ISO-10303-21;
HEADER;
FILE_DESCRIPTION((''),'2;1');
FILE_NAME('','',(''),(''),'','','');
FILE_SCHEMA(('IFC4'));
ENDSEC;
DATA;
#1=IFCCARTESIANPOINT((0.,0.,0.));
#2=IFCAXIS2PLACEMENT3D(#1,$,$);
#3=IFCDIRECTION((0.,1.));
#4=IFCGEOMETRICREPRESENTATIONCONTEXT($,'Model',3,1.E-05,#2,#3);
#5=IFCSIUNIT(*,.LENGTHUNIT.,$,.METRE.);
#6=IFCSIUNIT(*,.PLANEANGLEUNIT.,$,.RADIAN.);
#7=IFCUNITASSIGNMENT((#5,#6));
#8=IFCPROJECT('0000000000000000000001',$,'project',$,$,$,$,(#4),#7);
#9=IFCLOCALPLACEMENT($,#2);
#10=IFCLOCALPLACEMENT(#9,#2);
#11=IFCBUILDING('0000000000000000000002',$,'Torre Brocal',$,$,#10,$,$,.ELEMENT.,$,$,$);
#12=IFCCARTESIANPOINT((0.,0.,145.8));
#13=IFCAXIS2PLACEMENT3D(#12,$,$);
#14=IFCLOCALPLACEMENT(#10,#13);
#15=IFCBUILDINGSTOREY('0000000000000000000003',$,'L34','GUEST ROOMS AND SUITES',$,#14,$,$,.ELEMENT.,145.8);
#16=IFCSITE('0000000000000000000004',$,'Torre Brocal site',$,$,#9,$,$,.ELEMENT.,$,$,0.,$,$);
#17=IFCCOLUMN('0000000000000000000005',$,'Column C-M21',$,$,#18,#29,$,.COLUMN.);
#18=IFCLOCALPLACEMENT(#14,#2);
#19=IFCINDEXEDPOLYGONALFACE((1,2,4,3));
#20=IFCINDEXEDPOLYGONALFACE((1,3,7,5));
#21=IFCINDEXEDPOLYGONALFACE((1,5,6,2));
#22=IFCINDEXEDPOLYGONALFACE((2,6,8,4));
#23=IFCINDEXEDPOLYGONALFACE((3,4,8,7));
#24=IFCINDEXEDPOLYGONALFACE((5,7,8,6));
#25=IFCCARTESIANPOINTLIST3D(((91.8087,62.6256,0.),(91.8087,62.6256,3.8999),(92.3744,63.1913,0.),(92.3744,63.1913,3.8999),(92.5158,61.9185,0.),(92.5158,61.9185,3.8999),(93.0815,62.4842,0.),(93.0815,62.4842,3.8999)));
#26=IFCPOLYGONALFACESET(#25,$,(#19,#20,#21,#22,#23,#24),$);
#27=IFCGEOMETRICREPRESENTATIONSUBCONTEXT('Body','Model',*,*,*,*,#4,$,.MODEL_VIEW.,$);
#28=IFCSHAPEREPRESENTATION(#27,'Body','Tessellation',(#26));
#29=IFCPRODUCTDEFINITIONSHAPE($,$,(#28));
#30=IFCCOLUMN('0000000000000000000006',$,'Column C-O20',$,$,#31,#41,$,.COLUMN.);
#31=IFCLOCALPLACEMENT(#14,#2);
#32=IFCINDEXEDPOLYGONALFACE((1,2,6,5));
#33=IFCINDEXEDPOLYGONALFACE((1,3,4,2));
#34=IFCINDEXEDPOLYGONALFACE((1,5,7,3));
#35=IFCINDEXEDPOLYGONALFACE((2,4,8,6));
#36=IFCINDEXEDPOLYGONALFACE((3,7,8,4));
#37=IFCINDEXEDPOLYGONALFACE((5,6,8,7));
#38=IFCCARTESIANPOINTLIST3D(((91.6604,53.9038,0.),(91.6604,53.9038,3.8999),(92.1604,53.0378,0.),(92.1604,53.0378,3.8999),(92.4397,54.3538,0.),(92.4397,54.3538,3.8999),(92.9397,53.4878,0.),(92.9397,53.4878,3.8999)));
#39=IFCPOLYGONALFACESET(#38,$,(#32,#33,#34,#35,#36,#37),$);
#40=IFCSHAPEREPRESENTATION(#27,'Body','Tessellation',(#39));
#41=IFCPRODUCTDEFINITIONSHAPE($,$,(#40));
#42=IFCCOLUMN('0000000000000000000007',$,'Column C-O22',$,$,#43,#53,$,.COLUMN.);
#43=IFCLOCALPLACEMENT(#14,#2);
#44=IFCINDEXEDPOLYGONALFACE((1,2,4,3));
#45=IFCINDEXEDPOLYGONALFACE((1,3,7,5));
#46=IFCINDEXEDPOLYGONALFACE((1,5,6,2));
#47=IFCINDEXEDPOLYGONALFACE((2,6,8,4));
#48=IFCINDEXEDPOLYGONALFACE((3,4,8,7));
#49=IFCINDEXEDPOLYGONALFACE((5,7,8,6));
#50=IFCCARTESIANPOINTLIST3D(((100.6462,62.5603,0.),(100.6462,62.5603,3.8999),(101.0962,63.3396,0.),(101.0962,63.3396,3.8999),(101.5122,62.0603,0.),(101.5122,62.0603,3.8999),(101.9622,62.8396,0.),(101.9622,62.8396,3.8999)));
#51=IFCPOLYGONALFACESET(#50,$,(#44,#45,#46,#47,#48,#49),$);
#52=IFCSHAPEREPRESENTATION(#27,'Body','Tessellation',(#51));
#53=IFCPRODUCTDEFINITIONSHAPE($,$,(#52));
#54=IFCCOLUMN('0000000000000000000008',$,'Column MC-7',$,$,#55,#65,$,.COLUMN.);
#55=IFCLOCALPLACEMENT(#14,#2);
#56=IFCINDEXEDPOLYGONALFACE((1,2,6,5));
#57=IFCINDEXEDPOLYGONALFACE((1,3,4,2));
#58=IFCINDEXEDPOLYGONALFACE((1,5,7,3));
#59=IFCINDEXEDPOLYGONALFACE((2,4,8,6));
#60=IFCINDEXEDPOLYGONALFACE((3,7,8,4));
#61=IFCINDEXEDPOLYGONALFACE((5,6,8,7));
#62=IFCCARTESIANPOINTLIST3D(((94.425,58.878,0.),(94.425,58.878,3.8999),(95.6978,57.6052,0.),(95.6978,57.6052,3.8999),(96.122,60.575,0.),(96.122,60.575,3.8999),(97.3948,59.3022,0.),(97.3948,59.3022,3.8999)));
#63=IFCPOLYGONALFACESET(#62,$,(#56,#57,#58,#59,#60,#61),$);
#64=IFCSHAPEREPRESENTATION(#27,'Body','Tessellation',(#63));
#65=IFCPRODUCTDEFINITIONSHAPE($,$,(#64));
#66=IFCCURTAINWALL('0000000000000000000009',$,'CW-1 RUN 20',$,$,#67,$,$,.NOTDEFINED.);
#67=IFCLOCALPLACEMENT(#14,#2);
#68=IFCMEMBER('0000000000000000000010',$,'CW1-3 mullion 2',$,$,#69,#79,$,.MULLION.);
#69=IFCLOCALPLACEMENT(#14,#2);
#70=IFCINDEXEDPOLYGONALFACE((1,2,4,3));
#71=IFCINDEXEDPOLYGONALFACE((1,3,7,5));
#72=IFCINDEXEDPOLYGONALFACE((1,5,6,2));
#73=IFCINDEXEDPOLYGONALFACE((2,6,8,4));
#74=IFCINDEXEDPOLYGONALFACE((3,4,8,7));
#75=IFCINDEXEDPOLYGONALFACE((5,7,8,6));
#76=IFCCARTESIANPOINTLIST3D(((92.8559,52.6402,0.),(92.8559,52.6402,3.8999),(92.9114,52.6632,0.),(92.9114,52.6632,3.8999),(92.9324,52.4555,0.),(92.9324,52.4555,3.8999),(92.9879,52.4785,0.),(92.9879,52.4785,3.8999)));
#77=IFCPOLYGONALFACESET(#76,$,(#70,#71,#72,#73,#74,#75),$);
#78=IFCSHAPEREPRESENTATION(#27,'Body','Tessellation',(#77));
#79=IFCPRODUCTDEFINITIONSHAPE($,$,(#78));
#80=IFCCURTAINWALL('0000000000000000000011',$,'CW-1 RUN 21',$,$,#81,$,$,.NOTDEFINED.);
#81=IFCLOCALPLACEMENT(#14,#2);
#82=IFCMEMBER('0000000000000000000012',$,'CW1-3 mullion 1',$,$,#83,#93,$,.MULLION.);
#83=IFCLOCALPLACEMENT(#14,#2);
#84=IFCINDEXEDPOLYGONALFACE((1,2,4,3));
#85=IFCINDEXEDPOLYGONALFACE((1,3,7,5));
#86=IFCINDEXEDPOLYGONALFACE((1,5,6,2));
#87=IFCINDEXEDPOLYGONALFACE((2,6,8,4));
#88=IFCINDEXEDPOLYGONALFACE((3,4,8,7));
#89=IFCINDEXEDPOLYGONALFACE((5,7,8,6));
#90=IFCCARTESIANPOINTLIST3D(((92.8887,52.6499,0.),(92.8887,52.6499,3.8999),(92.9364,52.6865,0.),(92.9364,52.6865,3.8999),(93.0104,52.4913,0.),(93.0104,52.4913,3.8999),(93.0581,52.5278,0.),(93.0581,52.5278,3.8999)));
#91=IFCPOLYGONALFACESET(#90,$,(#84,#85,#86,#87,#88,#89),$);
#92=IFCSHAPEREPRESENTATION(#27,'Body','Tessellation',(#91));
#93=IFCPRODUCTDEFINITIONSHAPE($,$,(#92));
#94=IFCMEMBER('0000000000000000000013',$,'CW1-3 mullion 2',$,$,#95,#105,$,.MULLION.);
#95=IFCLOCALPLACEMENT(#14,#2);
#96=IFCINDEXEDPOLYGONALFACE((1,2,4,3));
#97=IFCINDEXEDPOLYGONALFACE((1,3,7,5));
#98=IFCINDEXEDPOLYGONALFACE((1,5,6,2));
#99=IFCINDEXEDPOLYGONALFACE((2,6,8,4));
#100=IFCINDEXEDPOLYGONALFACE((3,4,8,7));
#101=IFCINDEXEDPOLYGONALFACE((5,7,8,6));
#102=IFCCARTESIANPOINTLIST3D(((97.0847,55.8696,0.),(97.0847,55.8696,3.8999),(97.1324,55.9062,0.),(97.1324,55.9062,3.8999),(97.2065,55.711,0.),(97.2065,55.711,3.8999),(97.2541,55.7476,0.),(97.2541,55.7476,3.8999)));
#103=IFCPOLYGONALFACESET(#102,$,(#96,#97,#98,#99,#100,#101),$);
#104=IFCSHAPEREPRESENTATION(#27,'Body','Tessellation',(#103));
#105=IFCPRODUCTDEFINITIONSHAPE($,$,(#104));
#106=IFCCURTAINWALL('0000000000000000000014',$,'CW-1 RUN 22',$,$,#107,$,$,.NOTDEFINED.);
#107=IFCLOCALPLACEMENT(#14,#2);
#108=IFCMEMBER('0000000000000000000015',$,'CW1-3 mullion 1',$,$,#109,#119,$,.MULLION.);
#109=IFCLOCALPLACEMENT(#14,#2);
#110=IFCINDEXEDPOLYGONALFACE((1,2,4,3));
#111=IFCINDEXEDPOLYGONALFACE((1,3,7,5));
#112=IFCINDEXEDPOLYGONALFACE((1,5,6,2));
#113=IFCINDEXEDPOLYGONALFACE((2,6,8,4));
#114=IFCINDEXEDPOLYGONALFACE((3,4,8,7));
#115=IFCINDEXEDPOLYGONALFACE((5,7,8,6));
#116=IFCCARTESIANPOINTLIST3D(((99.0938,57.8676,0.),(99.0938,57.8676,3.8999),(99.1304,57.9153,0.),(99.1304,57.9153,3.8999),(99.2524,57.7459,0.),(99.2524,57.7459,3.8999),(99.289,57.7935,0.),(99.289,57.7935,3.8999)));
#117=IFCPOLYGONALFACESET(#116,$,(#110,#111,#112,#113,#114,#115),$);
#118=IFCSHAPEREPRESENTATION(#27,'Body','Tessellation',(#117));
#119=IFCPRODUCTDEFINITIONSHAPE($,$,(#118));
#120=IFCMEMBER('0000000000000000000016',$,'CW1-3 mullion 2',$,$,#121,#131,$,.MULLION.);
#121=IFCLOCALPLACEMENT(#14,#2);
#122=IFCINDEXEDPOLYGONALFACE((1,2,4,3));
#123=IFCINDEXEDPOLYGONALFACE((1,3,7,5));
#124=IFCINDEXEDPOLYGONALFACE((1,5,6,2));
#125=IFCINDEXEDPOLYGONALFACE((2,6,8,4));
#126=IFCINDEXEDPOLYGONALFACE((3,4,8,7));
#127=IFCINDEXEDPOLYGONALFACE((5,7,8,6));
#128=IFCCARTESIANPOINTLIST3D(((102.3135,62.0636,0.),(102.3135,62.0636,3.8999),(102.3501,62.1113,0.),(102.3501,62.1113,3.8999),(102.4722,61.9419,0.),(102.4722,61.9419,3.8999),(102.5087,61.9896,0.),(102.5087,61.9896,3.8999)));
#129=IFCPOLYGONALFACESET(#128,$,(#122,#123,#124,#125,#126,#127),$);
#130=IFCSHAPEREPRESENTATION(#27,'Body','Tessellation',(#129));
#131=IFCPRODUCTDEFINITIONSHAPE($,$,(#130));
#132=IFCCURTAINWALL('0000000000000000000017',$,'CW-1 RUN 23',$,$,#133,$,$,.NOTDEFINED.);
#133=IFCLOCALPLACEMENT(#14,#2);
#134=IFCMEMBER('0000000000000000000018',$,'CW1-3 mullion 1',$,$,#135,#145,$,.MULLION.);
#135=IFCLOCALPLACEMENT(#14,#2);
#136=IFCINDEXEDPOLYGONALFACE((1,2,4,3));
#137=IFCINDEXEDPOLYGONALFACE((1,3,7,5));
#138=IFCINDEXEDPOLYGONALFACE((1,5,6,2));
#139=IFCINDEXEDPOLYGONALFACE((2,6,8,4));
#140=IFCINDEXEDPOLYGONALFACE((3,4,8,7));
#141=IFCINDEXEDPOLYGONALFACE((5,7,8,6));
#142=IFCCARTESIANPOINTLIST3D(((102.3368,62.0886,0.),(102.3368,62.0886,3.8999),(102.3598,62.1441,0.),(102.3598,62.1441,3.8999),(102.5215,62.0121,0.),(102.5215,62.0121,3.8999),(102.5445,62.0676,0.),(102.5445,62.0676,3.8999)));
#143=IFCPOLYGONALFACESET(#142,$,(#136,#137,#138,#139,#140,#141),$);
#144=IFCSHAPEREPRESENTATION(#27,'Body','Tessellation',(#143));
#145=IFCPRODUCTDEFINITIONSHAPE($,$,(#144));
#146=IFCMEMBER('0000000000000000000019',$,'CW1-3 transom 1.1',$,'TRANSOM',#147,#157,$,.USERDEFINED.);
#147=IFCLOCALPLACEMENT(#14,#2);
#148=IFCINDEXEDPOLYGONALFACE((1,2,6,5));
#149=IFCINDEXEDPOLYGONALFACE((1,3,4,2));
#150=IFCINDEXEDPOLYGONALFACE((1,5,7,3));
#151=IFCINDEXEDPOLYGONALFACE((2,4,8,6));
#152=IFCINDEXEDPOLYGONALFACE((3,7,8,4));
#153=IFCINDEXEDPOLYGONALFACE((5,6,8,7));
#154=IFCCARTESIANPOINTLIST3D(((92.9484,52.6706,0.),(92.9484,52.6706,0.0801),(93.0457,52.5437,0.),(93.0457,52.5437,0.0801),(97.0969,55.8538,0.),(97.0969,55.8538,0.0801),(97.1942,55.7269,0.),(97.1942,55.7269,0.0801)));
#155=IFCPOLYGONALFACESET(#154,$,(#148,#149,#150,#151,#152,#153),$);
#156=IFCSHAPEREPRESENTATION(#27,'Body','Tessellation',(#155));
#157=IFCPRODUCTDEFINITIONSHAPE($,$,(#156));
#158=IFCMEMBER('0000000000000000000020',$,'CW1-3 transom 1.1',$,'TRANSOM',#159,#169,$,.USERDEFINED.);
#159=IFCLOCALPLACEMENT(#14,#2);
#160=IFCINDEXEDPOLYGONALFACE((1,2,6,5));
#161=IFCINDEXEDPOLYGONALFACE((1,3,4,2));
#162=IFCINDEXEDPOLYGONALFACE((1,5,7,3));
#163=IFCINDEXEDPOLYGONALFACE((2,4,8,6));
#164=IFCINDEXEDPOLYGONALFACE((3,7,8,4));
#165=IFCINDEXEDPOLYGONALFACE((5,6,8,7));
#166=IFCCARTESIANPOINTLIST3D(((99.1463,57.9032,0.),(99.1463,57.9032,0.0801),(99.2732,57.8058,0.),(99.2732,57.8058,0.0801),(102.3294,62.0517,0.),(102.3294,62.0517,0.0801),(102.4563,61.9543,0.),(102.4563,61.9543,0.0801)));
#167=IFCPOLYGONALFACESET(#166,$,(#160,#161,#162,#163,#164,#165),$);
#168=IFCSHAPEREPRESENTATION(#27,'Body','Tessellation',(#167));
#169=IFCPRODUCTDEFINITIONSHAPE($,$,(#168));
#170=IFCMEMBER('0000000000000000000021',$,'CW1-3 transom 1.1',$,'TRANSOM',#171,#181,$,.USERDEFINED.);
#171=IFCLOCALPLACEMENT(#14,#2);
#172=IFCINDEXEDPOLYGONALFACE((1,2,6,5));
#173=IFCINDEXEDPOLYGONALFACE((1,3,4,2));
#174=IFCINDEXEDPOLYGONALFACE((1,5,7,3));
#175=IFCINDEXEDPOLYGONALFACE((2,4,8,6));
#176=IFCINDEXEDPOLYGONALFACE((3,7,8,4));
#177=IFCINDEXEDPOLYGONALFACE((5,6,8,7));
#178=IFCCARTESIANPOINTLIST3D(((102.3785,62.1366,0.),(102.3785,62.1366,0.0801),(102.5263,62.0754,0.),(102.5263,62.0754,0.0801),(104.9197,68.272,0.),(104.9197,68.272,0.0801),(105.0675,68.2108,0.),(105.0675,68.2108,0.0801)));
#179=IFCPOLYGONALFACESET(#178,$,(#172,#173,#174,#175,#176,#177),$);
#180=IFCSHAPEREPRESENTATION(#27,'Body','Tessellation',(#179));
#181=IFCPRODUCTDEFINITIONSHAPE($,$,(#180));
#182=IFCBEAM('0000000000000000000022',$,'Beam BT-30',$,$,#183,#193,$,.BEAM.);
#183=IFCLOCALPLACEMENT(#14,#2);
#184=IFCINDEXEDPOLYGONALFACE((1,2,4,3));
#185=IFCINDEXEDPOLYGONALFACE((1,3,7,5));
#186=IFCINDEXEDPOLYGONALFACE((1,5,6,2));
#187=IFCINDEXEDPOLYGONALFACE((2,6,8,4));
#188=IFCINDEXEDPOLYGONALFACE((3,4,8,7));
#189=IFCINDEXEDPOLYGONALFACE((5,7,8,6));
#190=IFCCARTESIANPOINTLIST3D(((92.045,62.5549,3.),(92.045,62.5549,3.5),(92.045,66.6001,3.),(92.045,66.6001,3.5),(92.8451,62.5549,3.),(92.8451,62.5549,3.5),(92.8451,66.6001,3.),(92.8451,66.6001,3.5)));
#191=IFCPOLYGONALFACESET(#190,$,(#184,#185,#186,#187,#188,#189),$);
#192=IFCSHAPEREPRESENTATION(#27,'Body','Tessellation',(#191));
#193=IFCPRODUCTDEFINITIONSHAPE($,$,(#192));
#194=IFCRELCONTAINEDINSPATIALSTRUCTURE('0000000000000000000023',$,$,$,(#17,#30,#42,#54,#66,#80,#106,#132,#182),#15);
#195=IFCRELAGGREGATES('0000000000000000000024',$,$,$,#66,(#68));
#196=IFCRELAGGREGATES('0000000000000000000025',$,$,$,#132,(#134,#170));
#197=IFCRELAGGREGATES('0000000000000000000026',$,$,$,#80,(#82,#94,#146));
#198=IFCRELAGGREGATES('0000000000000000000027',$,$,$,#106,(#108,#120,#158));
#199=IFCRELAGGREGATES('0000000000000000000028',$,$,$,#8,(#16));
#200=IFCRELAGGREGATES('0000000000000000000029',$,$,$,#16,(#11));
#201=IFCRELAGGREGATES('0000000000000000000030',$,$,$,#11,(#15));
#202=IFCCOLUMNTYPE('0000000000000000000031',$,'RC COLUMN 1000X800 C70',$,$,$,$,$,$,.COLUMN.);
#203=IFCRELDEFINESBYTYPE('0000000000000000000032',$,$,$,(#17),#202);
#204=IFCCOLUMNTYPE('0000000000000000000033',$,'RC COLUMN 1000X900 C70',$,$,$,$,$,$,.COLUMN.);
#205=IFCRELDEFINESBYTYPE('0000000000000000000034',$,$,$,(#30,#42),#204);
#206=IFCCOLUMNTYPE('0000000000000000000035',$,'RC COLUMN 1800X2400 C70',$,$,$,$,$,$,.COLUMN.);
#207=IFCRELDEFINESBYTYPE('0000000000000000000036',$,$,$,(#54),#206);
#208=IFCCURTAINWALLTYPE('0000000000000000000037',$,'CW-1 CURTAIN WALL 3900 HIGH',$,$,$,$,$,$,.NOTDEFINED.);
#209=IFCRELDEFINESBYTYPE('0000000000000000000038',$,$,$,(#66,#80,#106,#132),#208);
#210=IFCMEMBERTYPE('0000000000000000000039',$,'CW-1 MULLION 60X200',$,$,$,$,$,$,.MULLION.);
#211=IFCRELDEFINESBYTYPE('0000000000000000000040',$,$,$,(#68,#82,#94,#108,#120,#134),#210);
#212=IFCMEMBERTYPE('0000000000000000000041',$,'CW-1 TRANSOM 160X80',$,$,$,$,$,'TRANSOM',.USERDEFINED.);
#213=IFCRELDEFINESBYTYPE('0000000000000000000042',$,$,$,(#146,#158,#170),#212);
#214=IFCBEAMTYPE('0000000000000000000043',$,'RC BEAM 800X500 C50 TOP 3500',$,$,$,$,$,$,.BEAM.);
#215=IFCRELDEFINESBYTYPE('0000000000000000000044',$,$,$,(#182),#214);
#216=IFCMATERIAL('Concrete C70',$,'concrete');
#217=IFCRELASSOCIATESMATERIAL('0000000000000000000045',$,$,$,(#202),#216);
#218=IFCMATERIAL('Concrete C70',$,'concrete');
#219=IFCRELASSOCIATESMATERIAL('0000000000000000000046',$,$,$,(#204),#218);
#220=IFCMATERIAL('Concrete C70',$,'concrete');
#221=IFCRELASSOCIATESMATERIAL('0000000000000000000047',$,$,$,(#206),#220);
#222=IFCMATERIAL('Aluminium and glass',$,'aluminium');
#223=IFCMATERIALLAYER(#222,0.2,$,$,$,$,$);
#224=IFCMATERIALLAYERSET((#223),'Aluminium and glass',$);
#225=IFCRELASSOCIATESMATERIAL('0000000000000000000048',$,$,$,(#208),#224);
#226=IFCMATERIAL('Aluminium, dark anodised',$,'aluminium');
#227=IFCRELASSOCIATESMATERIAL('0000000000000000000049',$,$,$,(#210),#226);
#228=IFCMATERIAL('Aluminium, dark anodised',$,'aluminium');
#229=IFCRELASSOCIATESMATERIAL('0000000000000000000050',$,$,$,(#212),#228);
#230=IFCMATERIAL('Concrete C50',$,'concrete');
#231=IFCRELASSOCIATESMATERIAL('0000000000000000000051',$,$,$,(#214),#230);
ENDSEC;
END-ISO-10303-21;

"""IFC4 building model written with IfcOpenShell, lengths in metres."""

from ifc_helpers import new_model, si_unit, direction, frame, origin, origin_2d, place, context, subcontext, project, spatial, rectangle, extrude, material, layer, layer_set, material_profile, profile_set, type_object, element, aggregate, save


model = new_model("IFC4")

# Units and contexts
model_context = context("Model", 3, precision=1e-05, world=origin(), true_north=direction((0.0, 1.0)))
body_context = subcontext(model_context, "Body", "Model", "MODEL_VIEW")
ifc_project = project(units=[si_unit("LENGTHUNIT", "METRE"), si_unit("PLANEANGLEUNIT", "RADIAN")], contexts=[model_context])

# Site, building, storey
site_placement = place(None, origin())
site = spatial("IfcSite", under=ifc_project, at=site_placement, Name="Torre Brocal site", CompositionType="ELEMENT", RefElevation=0.0)
building_placement = place(site_placement, origin())
building = spatial("IfcBuilding", under=site, at=building_placement, Name="Torre Brocal", CompositionType="ELEMENT")
storey_placement = place(building_placement, frame((0.0, 0.0, 145.8)))
storey = spatial("IfcBuildingStorey", under=building, at=storey_placement, Name="L34", Description="GUEST ROOMS AND SUITES", CompositionType="ELEMENT", Elevation=145.8)

# Columns
ifc_material_1 = material(Name="Concrete C70", Category="concrete")
ifc_material_profile_1 = material_profile(ifc_material_1, rectangle(XDim=1.0, YDim=0.8, at=origin_2d()), Name="RC 1000X800")
ifc_profile_set_1 = profile_set([ifc_material_profile_1], Name="Concrete C70")
column_type_1 = type_object("IfcColumnType", Name="RC COLUMN 1000X800 C70", PredefinedType="COLUMN", material=ifc_profile_set_1)
column_1_placement = place(storey_placement, frame((92.4451, 62.5549, 0.0), z_axis=(0.0, 0.0, 1.0), x_axis=(0.707107, -0.707107, 0.0)))
element("IfcColumn", 1, at=column_1_placement, inside=storey, type_object=column_type_1, Name="Column C-M21", PredefinedType="COLUMN", context=body_context, shape_type="SweptSolid", body=[
    extrude(rectangle(XDim=1.0, YDim=0.8, at=origin_2d()), origin(), (0.0, 0.0, 1.0), 3.8999),
])
ifc_material_2 = material(Name="Concrete C70", Category="concrete")
ifc_material_profile_2 = material_profile(ifc_material_2, rectangle(XDim=1.0, YDim=0.8999, at=origin_2d()), Name="RC 1000X900")
ifc_profile_set_2 = profile_set([ifc_material_profile_2], Name="Concrete C70")
column_type_2 = type_object("IfcColumnType", Name="RC COLUMN 1000X900 C70", PredefinedType="COLUMN", material=ifc_profile_set_2)
for number, where, z_axis, x_axis, name in (
    (2, (92.3, 53.6958, 0.0), (0.0, 0.0, 1.0), (0.5, -0.866025, 0.0), "Column C-O20"),
    (3, (101.3042, 62.7, 0.0), (0.0, 0.0, 1.0), (0.866025, -0.5, 0.0), "Column C-O22"),
):
    element("IfcColumn", number, at=place(storey_placement, frame(where, z_axis=z_axis, x_axis=x_axis)), inside=storey, type_object=column_type_2, Name=name, PredefinedType="COLUMN", context=body_context, shape_type="SweptSolid", body=[
        extrude(rectangle(XDim=1.0, YDim=0.8999, at=origin_2d()), origin(), (0.0, 0.0, 1.0), 3.8999),
    ])
ifc_material_3 = material(Name="Concrete C70", Category="concrete")
ifc_material_profile_3 = material_profile(ifc_material_3, rectangle(XDim=1.8, YDim=2.3999, at=origin_2d()), Name="RC 1800X2400")
ifc_profile_set_3 = profile_set([ifc_material_profile_3], Name="Concrete C70")
column_type_3 = type_object("IfcColumnType", Name="RC COLUMN 1800X2400 C70", PredefinedType="COLUMN", material=ifc_profile_set_3)
column_2_placement = place(storey_placement, frame((95.9099, 59.0901, 0.0), z_axis=(0.0, 0.0, 1.0), x_axis=(0.707107, -0.707107, 0.0)))
element("IfcColumn", 4, at=column_2_placement, inside=storey, type_object=column_type_3, Name="Column MC-7", PredefinedType="COLUMN", context=body_context, shape_type="SweptSolid", body=[
    extrude(rectangle(XDim=1.8, YDim=2.3999, at=origin_2d()), origin(), (0.0, 0.0, 1.0), 3.8999),
])

# Curtain wall, member
ifc_material_4 = material(Name="Aluminium and glass", Category="aluminium")
ifc_layer_1 = layer(ifc_material_4, 0.2)
ifc_layer_set_1 = layer_set([ifc_layer_1], Name="Aluminium and glass")
curtain_wall_type = type_object("IfcCurtainWallType", Name="CW-1 CURTAIN WALL 3900 HIGH", PredefinedType="NOTDEFINED", material=ifc_layer_set_1)
curtain_wall_1_placement = place(storey_placement, origin())
curtain_wall_1 = element("IfcCurtainWall", 5, at=curtain_wall_1_placement, inside=storey, type_object=curtain_wall_type, Name="CW-1 RUN 20", PredefinedType="NOTDEFINED")
ifc_material_5 = material(Name="Aluminium, dark anodised", Category="aluminium")
ifc_material_profile_4 = material_profile(ifc_material_5, rectangle(XDim=0.2, YDim=0.0601, at=origin_2d()), Name="CW-1 MULLION 60X200")
ifc_profile_set_4 = profile_set([ifc_material_profile_4], Name="Aluminium, dark anodised")
member_type_1 = type_object("IfcMemberType", Name="CW-1 MULLION 60X200", PredefinedType="MULLION", material=ifc_profile_set_4)
member_1_placement = place(storey_placement, frame((92.9219, 52.5593, 0.0), z_axis=(0.0, 0.0, 1.0), x_axis=(-0.382683, 0.92388, 0.0)))
member_1 = element("IfcMember", 6, at=member_1_placement, type_object=member_type_1, Name="CW1-3 mullion 2", PredefinedType="MULLION", context=body_context, shape_type="SweptSolid", body=[
    extrude(rectangle(XDim=0.2, YDim=0.0601, at=origin_2d()), origin(), (0.0, 0.0, 1.0), 3.8999),
])
aggregate(curtain_wall_1, [member_1])

# Curtain walls, members
curtain_wall_2_placement = place(storey_placement, origin())
curtain_wall_2 = element("IfcCurtainWall", 7, at=curtain_wall_2_placement, inside=storey, type_object=curtain_wall_type, Name="CW-1 RUN 21", PredefinedType="NOTDEFINED")
member_2_placement = place(storey_placement, frame((92.9734, 52.5889, 0.0), z_axis=(0.0, 0.0, 1.0), x_axis=(-0.608761, 0.793353, 0.0)))
member_2 = element("IfcMember", 8, at=member_2_placement, type_object=member_type_1, Name="CW1-3 mullion 1", PredefinedType="MULLION", context=body_context, shape_type="SweptSolid", body=[
    extrude(rectangle(XDim=0.2, YDim=0.0601, at=origin_2d()), origin(), (0.0, 0.0, 1.0), 3.8999),
])
member_3_placement = place(storey_placement, frame((97.1694, 55.8086, 0.0), z_axis=(0.0, 0.0, 1.0), x_axis=(-0.608761, 0.793353, 0.0)))
member_3 = element("IfcMember", 9, at=member_3_placement, type_object=member_type_1, Name="CW1-3 mullion 2", PredefinedType="MULLION", context=body_context, shape_type="SweptSolid", body=[
    extrude(rectangle(XDim=0.2, YDim=0.0601, at=origin_2d()), origin(), (0.0, 0.0, 1.0), 3.8999),
])
curtain_wall_3_placement = place(storey_placement, origin())
curtain_wall_3 = element("IfcCurtainWall", 10, at=curtain_wall_3_placement, inside=storey, type_object=curtain_wall_type, Name="CW-1 RUN 22", PredefinedType="NOTDEFINED")
member_4_placement = place(storey_placement, frame((99.1914, 57.8306, 0.0), z_axis=(0.0, 0.0, 1.0), x_axis=(-0.793353, 0.608761, 0.0)))
member_4 = element("IfcMember", 11, at=member_4_placement, type_object=member_type_1, Name="CW1-3 mullion 1", PredefinedType="MULLION", context=body_context, shape_type="SweptSolid", body=[
    extrude(rectangle(XDim=0.2, YDim=0.0601, at=origin_2d()), origin(), (0.0, 0.0, 1.0), 3.8999),
])
member_5_placement = place(storey_placement, frame((102.4111, 62.0266, 0.0), z_axis=(0.0, 0.0, 1.0), x_axis=(-0.793353, 0.608761, 0.0)))
member_5 = element("IfcMember", 12, at=member_5_placement, type_object=member_type_1, Name="CW1-3 mullion 2", PredefinedType="MULLION", context=body_context, shape_type="SweptSolid", body=[
    extrude(rectangle(XDim=0.2, YDim=0.0601, at=origin_2d()), origin(), (0.0, 0.0, 1.0), 3.8999),
])

# Curtain wall, member
curtain_wall_4_placement = place(storey_placement, origin())
curtain_wall_4 = element("IfcCurtainWall", 13, at=curtain_wall_4_placement, inside=storey, type_object=curtain_wall_type, Name="CW-1 RUN 23", PredefinedType="NOTDEFINED")
member_6_placement = place(storey_placement, frame((102.4407, 62.0781, 0.0), z_axis=(0.0, 0.0, 1.0), x_axis=(-0.92388, 0.382683, 0.0)))
member_6 = element("IfcMember", 14, at=member_6_placement, type_object=member_type_1, Name="CW1-3 mullion 1", PredefinedType="MULLION", context=body_context, shape_type="SweptSolid", body=[
    extrude(rectangle(XDim=0.2, YDim=0.0601, at=origin_2d()), origin(), (0.0, 0.0, 1.0), 3.8999),
])

# Members
ifc_material_6 = material(Name="Aluminium, dark anodised", Category="aluminium")
ifc_material_profile_5 = material_profile(ifc_material_6, rectangle(XDim=0.1599, YDim=0.0801, at=origin_2d()), Name="CW-1 TRANSOM 160X80")
ifc_profile_set_5 = profile_set([ifc_material_profile_5], Name="Aluminium, dark anodised")
member_type_2 = type_object("IfcMemberType", Name="CW-1 TRANSOM 160X80", ElementType="TRANSOM", PredefinedType="USERDEFINED", material=ifc_profile_set_5)
member_7_placement = place(storey_placement, frame((92.9971, 52.6072, 0.04), z_axis=(0.793363, 0.608749, 0.0), x_axis=(-0.608749, 0.793363, 0.0)))
member_7 = element("IfcMember", 15, at=member_7_placement, type_object=member_type_2, Name="CW1-3 transom 1.1", ObjectType="TRANSOM", PredefinedType="USERDEFINED", context=body_context, shape_type="SweptSolid", body=[
    extrude(rectangle(XDim=0.1599, YDim=0.0801, at=origin_2d()), origin(), (0.0, 0.0, 1.0), 5.229),
])
member_8_placement = place(storey_placement, frame((99.2097, 57.8545, 0.04), z_axis=(0.608749, 0.793363, 0.0), x_axis=(-0.793363, 0.608749, 0.0)))
member_8 = element("IfcMember", 16, at=member_8_placement, type_object=member_type_2, Name="CW1-3 transom 1.1", ObjectType="TRANSOM", PredefinedType="USERDEFINED", context=body_context, shape_type="SweptSolid", body=[
    extrude(rectangle(XDim=0.1599, YDim=0.0801, at=origin_2d()), origin(), (0.0, 0.0, 1.0), 5.229),
])
member_9_placement = place(storey_placement, frame((102.4524, 62.106, 0.04), z_axis=(0.382665, 0.923887, 0.0), x_axis=(-0.923887, 0.382665, 0.0)))
member_9 = element("IfcMember", 17, at=member_9_placement, type_object=member_type_2, Name="CW1-3 transom 1.1", ObjectType="TRANSOM", PredefinedType="USERDEFINED", context=body_context, shape_type="SweptSolid", body=[
    extrude(rectangle(XDim=0.1599, YDim=0.0801, at=origin_2d()), origin(), (0.0, 0.0, 1.0), 6.6409),
])
aggregate(curtain_wall_4, [member_6, member_9])

# Beam
ifc_material_7 = material(Name="Concrete C50", Category="concrete")
ifc_material_profile_6 = material_profile(ifc_material_7, rectangle(XDim=0.8, YDim=0.5, at=origin_2d()), Name="RC 800X500")
ifc_profile_set_6 = profile_set([ifc_material_profile_6], Name="Concrete C50")
beam_type_1 = type_object("IfcBeamType", Name="RC BEAM 800X500 C50 TOP 3500", PredefinedType="BEAM", material=ifc_profile_set_6)
beam_1_placement = place(storey_placement, frame((92.4451, 62.5549, 3.25), z_axis=(0.0, 1.0, 0.0), x_axis=(-1.0, 0.0, 0.0)))
element("IfcBeam", 18, at=beam_1_placement, inside=storey, type_object=beam_type_1, Name="Beam BT-30", PredefinedType="BEAM", context=body_context, shape_type="SweptSolid", body=[
    extrude(rectangle(XDim=0.8, YDim=0.5, at=origin_2d()), origin(), (0.0, 0.0, 1.0), 4.0452),
])

aggregate(curtain_wall_2, [member_2, member_3, member_7])
aggregate(curtain_wall_3, [member_4, member_5, member_8])

save(model, "model.ifc")
